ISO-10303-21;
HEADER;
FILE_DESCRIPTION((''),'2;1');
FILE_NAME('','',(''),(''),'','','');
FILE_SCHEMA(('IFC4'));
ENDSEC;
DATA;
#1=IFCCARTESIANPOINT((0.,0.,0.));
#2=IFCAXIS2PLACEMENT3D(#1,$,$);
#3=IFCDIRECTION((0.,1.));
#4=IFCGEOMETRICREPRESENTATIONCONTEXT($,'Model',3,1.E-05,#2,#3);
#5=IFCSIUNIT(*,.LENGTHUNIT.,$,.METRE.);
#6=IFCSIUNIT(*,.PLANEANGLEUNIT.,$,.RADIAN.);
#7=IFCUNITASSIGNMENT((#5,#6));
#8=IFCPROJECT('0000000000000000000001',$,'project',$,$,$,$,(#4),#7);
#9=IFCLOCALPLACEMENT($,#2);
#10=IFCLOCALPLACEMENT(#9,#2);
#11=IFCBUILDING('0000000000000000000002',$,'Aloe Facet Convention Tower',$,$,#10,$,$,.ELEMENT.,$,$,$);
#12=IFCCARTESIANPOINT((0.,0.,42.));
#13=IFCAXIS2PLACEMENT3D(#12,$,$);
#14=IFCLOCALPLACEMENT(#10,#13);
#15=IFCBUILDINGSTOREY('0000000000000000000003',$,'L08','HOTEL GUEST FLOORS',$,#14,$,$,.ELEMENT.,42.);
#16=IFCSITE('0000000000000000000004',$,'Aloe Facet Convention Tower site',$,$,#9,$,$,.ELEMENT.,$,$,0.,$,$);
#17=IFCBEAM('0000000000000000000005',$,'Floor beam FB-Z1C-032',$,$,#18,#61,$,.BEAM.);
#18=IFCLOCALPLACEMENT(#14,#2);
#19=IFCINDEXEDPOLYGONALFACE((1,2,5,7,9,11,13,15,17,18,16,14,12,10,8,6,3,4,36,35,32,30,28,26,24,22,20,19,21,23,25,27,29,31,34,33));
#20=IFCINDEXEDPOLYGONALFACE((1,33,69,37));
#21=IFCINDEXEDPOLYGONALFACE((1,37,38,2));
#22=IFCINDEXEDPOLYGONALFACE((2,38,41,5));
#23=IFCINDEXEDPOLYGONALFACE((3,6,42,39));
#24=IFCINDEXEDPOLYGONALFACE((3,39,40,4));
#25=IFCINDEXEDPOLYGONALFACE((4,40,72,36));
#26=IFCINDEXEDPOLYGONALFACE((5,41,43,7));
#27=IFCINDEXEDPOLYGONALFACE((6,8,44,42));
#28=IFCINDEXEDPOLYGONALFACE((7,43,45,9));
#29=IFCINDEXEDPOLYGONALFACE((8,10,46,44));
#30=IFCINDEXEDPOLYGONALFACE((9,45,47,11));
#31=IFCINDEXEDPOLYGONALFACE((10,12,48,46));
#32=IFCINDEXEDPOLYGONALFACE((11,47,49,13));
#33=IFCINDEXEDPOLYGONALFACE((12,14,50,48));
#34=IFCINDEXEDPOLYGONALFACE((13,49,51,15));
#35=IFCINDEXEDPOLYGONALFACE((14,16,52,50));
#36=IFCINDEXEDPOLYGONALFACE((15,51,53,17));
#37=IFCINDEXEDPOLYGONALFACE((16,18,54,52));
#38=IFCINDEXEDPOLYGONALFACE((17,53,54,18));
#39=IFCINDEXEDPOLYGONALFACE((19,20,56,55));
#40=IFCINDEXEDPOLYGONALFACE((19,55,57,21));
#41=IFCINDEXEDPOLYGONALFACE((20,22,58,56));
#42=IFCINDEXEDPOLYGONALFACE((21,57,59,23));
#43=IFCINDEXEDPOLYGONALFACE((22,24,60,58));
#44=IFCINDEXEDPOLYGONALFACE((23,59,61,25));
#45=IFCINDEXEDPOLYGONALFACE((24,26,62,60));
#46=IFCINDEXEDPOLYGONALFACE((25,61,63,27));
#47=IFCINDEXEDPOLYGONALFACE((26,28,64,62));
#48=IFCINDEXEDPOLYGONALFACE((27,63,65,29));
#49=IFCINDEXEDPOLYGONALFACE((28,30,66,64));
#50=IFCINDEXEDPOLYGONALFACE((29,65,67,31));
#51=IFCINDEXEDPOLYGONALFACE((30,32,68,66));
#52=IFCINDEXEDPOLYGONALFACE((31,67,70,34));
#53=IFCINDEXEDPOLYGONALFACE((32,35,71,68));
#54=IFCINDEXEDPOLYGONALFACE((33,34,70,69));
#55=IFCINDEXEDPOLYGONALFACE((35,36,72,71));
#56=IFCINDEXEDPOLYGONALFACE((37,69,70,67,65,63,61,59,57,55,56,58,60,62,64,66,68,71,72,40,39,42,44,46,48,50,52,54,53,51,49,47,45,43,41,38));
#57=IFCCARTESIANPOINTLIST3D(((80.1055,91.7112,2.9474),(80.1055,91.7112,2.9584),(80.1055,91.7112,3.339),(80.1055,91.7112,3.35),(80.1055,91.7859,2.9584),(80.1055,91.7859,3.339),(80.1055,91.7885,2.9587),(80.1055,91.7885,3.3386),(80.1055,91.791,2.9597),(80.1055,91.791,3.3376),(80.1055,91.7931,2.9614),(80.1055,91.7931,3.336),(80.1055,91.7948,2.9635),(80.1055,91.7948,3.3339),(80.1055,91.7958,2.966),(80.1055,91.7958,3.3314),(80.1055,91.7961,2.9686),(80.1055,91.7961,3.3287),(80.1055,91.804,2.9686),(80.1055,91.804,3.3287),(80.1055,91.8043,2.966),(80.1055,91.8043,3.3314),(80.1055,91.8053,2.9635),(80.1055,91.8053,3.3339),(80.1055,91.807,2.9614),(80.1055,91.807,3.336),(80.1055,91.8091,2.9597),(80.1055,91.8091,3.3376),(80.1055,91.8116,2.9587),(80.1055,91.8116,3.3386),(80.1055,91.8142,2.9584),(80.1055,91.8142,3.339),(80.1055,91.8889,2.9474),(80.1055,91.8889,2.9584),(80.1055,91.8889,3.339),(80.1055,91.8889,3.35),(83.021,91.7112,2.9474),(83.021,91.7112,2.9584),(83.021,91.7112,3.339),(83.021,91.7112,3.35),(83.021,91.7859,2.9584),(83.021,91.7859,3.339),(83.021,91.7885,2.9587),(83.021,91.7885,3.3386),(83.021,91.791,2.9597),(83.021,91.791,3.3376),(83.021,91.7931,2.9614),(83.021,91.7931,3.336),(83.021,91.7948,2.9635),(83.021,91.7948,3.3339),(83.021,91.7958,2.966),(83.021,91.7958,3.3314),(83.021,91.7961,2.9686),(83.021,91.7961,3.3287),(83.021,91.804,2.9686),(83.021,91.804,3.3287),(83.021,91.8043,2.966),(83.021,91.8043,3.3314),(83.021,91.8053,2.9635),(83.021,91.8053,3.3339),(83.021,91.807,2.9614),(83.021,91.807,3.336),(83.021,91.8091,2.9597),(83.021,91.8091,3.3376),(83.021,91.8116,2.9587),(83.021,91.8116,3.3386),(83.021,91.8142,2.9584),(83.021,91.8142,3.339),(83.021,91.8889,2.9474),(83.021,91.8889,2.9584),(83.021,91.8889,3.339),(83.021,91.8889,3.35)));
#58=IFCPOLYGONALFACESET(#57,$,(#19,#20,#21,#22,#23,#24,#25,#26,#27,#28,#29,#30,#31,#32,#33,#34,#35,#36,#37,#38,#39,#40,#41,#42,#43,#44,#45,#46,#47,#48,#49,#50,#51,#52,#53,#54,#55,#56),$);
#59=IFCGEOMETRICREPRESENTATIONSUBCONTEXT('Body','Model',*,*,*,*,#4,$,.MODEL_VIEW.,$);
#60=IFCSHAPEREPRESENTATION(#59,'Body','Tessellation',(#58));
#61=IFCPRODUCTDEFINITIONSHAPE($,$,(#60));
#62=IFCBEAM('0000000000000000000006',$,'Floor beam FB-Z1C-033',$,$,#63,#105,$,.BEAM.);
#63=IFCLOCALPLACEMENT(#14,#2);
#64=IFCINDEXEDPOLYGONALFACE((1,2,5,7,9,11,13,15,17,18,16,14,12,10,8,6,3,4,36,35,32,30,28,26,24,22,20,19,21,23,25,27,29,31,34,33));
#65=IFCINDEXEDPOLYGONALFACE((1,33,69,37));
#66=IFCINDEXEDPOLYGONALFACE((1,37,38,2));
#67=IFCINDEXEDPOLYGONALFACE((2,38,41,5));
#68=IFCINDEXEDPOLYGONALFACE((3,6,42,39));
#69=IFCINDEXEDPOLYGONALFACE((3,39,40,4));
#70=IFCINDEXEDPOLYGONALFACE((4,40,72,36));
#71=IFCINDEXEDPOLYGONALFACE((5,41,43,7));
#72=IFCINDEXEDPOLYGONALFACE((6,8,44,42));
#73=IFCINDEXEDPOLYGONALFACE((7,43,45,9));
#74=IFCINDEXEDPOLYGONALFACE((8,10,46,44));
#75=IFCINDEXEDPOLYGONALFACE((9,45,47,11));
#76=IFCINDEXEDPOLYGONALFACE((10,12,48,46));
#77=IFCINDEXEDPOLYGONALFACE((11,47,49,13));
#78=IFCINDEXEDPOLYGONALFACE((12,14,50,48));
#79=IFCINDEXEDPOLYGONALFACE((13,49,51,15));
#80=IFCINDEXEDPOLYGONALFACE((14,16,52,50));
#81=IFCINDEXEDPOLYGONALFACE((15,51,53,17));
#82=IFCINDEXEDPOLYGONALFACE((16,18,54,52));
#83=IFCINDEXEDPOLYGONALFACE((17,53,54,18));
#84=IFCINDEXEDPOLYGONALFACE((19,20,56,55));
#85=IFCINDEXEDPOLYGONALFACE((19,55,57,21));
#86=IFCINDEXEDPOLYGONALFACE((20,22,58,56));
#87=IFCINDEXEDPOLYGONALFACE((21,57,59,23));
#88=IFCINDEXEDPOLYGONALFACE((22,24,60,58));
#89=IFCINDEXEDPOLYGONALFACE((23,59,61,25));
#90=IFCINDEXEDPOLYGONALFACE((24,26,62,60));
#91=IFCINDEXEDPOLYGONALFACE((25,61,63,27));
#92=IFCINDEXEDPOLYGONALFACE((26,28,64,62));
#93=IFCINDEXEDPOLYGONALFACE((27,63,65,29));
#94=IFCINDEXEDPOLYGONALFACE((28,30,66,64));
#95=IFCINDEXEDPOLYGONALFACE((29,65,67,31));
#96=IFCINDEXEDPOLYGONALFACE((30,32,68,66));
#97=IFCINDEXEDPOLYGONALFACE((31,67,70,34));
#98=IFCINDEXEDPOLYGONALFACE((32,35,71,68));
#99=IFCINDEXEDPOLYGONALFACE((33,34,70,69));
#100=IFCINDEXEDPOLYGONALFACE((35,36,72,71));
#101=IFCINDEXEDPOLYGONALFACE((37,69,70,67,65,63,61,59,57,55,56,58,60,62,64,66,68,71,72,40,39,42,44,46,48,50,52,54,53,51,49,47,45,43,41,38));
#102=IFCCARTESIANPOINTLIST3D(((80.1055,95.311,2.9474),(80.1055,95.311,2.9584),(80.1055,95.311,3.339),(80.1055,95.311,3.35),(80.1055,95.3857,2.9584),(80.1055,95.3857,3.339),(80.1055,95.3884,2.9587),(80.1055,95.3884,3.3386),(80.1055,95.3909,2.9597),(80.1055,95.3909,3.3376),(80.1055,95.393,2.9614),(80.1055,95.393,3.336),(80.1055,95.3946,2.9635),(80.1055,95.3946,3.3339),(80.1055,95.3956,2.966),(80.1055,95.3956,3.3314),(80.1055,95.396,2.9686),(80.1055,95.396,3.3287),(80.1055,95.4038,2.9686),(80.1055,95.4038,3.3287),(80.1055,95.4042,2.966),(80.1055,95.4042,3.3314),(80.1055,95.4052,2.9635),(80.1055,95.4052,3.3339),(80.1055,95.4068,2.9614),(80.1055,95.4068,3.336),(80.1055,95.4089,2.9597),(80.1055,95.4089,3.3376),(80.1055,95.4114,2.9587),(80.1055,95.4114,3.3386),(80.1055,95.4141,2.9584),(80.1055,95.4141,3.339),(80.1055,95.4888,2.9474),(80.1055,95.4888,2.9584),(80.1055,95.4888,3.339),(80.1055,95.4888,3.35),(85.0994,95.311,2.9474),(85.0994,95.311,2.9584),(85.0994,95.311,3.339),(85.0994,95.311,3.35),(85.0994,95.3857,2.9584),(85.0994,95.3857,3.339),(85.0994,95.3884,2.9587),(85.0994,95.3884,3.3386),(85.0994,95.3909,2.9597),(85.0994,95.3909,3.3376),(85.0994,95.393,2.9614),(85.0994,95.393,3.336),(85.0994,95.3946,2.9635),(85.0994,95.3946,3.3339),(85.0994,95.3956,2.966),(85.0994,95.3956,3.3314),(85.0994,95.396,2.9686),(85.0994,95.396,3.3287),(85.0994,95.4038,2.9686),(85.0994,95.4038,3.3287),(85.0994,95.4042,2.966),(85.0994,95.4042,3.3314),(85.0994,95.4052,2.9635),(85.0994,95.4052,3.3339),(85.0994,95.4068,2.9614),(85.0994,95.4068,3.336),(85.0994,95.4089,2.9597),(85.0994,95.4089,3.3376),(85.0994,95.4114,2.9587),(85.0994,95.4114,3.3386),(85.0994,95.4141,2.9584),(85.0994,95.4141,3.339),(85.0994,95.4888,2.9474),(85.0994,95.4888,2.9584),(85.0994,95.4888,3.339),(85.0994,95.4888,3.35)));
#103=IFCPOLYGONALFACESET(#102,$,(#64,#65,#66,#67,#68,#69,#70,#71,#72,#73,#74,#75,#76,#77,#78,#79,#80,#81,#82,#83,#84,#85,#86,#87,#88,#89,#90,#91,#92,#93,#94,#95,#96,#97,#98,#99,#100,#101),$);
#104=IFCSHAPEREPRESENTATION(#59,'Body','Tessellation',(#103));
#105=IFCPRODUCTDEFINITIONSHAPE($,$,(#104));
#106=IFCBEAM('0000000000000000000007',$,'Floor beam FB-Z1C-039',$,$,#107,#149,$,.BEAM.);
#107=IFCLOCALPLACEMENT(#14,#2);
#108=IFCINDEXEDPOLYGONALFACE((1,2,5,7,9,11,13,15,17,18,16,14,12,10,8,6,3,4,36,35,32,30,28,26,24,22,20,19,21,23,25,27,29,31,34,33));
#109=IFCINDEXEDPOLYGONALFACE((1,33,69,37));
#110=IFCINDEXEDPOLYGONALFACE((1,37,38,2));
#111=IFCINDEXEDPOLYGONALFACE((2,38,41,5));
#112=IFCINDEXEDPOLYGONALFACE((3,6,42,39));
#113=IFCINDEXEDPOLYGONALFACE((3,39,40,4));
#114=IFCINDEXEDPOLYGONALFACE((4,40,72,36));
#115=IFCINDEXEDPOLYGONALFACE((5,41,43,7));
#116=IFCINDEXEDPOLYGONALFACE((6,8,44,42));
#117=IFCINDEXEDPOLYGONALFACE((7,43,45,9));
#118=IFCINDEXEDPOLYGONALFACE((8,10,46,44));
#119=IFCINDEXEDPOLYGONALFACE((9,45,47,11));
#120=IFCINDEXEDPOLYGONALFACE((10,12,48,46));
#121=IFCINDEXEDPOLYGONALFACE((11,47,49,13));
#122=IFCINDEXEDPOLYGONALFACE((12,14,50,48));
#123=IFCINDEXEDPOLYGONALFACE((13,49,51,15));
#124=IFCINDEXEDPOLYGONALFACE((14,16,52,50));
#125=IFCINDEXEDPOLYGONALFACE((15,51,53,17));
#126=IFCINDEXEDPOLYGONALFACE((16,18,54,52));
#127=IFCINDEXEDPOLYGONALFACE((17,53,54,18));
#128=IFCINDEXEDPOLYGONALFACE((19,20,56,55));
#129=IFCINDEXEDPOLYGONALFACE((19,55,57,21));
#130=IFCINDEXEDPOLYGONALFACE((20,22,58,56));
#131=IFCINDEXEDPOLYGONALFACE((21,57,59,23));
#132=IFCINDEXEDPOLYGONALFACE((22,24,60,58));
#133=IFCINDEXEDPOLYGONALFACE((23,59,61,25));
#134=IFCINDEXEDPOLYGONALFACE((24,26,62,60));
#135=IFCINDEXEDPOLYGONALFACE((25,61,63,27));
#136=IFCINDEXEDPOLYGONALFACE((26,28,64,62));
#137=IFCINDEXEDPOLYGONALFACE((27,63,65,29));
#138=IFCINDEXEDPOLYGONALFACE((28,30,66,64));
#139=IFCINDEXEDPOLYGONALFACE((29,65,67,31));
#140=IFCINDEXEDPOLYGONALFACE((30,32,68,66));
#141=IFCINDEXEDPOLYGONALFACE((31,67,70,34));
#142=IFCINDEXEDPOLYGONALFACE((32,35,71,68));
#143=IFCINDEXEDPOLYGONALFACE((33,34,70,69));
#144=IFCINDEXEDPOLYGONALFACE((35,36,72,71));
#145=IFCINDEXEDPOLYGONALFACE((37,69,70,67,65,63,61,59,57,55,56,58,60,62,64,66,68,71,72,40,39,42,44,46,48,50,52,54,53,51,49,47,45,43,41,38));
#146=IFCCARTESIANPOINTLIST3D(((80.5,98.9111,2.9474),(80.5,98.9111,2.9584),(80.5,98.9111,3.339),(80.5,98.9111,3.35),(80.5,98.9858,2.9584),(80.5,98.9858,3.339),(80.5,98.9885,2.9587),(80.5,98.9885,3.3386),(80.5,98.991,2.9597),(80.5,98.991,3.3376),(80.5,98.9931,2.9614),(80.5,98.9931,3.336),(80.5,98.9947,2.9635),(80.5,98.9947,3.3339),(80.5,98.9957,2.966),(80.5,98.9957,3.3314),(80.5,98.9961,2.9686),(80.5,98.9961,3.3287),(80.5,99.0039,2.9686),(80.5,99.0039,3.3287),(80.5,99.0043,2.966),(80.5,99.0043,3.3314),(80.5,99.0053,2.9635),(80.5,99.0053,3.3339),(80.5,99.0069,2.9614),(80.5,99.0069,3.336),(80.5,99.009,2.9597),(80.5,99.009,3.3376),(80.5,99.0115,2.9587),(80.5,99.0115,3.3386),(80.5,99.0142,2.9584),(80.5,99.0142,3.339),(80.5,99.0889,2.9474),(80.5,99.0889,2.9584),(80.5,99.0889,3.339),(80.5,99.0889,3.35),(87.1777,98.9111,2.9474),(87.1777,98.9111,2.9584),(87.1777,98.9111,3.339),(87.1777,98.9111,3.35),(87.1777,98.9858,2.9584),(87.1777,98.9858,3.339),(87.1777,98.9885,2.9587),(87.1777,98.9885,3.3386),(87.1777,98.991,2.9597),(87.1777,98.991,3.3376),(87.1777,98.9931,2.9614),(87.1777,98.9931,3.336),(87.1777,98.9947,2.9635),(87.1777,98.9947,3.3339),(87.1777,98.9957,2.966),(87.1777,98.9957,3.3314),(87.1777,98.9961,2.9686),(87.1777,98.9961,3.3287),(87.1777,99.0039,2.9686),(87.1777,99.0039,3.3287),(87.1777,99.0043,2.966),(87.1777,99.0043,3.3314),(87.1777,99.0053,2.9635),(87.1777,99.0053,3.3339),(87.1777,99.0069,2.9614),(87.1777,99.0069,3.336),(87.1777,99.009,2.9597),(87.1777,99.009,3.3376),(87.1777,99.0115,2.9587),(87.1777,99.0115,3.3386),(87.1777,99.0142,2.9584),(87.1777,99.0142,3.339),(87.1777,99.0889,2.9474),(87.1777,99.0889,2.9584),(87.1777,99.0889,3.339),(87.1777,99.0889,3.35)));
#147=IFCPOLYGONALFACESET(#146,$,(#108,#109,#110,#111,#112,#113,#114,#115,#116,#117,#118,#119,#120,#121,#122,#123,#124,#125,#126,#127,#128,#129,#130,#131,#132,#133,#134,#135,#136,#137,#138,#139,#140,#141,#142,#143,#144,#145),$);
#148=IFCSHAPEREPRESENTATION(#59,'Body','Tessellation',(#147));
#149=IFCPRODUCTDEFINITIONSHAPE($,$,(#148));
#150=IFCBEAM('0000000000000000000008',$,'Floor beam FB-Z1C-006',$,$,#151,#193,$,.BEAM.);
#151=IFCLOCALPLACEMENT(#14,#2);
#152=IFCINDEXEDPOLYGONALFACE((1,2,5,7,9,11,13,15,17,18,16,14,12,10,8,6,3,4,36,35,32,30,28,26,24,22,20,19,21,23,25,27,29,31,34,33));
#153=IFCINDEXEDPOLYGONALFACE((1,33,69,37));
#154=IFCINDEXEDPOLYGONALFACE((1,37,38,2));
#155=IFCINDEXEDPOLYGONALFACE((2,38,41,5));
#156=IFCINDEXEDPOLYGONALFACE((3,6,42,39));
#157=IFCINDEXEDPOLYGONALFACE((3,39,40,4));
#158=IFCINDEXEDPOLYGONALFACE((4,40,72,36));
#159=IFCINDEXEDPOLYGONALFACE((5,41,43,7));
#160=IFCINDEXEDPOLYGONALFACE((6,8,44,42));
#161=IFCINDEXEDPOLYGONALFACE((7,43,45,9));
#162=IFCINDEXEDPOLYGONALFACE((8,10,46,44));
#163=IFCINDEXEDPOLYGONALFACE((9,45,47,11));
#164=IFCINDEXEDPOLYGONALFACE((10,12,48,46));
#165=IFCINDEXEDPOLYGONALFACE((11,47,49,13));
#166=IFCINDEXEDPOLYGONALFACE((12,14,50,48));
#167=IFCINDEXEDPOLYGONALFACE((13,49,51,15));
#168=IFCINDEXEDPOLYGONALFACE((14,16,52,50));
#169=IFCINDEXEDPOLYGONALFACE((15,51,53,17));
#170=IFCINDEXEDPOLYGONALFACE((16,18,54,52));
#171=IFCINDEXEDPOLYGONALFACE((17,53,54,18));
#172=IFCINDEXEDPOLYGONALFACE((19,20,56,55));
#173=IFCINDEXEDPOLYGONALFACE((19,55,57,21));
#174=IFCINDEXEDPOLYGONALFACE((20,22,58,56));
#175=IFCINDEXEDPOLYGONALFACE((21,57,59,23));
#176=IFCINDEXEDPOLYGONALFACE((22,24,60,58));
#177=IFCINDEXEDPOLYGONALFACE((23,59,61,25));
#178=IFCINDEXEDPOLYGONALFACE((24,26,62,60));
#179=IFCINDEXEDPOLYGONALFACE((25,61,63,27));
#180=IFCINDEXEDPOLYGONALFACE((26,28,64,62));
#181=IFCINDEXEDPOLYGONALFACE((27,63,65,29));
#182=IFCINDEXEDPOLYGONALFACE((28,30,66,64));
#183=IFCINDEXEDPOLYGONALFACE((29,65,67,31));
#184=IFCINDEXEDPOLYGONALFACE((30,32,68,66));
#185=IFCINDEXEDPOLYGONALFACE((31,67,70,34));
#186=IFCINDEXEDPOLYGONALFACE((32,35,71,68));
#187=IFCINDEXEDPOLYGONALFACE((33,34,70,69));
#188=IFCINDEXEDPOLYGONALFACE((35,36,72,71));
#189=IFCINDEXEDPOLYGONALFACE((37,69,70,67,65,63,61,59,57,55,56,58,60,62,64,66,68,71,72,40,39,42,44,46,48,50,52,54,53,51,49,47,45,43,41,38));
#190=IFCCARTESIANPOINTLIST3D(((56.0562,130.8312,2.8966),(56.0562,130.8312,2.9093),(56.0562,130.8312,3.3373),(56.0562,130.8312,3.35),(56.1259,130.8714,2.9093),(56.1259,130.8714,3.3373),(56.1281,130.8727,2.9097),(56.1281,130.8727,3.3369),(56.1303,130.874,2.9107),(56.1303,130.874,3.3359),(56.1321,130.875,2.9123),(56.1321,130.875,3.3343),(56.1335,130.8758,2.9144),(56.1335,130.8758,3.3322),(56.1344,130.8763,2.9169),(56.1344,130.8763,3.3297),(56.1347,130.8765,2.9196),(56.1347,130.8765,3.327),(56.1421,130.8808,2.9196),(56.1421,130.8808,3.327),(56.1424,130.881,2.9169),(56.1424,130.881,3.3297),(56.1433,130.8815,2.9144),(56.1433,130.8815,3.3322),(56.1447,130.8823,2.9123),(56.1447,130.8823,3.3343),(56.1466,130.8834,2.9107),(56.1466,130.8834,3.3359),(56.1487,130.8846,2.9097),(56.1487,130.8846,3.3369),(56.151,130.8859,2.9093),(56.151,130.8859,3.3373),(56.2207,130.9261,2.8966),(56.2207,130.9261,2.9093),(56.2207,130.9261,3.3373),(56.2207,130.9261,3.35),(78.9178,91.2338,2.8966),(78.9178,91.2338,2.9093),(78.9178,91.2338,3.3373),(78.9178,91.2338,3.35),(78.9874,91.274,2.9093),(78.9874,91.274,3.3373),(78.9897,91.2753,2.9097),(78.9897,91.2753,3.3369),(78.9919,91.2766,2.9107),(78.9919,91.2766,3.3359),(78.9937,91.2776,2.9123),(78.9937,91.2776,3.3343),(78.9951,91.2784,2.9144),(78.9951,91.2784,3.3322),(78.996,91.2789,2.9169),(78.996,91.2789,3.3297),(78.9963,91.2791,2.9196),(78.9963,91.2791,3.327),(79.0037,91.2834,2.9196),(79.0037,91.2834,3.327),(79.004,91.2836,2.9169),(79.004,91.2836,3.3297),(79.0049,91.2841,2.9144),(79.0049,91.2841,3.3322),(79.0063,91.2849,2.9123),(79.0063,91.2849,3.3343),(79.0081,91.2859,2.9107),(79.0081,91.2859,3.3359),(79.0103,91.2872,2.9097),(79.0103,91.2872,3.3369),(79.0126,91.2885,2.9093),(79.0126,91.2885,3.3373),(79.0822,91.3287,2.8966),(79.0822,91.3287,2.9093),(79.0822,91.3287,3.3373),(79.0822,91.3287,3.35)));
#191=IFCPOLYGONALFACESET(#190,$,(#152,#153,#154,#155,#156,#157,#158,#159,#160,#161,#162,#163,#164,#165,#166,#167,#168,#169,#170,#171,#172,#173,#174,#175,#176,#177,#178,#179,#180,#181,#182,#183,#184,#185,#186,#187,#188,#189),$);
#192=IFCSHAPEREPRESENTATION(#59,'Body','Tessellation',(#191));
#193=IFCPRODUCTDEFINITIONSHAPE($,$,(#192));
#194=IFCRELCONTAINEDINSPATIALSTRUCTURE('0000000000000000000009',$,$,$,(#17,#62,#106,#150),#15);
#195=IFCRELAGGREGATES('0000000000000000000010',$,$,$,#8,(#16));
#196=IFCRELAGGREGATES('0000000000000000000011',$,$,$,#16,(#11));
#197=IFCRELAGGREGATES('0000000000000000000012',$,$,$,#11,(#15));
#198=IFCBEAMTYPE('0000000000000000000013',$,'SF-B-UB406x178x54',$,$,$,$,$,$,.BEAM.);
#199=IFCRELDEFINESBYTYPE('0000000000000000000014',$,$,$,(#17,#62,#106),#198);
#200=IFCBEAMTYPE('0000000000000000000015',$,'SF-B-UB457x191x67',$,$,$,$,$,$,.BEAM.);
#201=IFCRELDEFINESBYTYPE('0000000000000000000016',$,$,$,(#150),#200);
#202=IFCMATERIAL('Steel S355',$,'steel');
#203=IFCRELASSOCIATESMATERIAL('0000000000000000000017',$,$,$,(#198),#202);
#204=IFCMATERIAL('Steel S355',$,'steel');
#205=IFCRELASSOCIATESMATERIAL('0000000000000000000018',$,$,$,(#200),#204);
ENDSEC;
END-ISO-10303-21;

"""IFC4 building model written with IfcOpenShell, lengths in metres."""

from ifc_helpers import new_model, si_unit, direction, frame, origin, origin_2d, place, context, subcontext, project, spatial, i_section, extrude, material, material_profile, profile_set, type_object, element, save


model = new_model("IFC4")

# Units and contexts
model_context = context("Model", 3, precision=1e-05, world=origin(), true_north=direction((0.0, 1.0)))
body_context = subcontext(model_context, "Body", "Model", "MODEL_VIEW")
ifc_project = project(units=[si_unit("LENGTHUNIT", "METRE"), si_unit("PLANEANGLEUNIT", "RADIAN")], contexts=[model_context])

# Site, building, storey
site_placement = place(None, origin())
site = spatial("IfcSite", under=ifc_project, at=site_placement, Name="Aloe Facet Convention Tower site", CompositionType="ELEMENT", RefElevation=0.0)
building_placement = place(site_placement, origin())
building = spatial("IfcBuilding", under=site, at=building_placement, Name="Aloe Facet Convention Tower", CompositionType="ELEMENT")
storey_placement = place(building_placement, frame((0.0, 0.0, 42.0)))
storey = spatial("IfcBuildingStorey", under=building, at=storey_placement, Name="L08", Description="HOTEL GUEST FLOORS", CompositionType="ELEMENT", Elevation=42.0)

# Beams
ifc_material_1 = material(Name="Steel S355", Category="steel")
ifc_material_profile_1 = material_profile(ifc_material_1, i_section(OverallWidth=0.1777, OverallDepth=0.4026, WebThickness=0.0078, FlangeThickness=0.011, FilletRadius=0.0103, at=origin_2d()), Name="UB 406x178x54")
ifc_profile_set_1 = profile_set([ifc_material_profile_1], Name="Steel S355")
beam_type_1 = type_object("IfcBeamType", Name="SF-B-UB406x178x54", PredefinedType="BEAM", material=ifc_profile_set_1)
for number, where, z_axis, x_axis, name in (
    (1, (80.1055, 91.8, 3.1487), (1.0, 0.0, 0.0), (0.0, 1.0, 0.0), "Floor beam FB-Z1C-032"),
):
    element("IfcBeam", number, at=place(storey_placement, frame(where, z_axis=z_axis, x_axis=x_axis)), inside=storey, type_object=beam_type_1, Name=name, PredefinedType="BEAM", context=body_context, shape_type="SweptSolid", body=[
        extrude(i_section(OverallWidth=0.1777, OverallDepth=0.4026, WebThickness=0.0078, FlangeThickness=0.011, FilletRadius=0.0103, at=origin_2d()), origin(), (0.0, 0.0, 1.0), 2.9155),
    ])
beam_1_placement = place(storey_placement, frame((80.1055, 95.3999, 3.1487), z_axis=(1.0, 0.0, 0.0), x_axis=(0.0, 1.0, 0.0)))
element("IfcBeam", 2, at=beam_1_placement, inside=storey, type_object=beam_type_1, Name="Floor beam FB-Z1C-033", PredefinedType="BEAM", context=body_context, shape_type="SweptSolid", body=[
    extrude(i_section(OverallWidth=0.1777, OverallDepth=0.4026, WebThickness=0.0078, FlangeThickness=0.011, FilletRadius=0.0103, at=origin_2d()), origin(), (0.0, 0.0, 1.0), 4.9939),
])
beam_2_placement = place(storey_placement, frame((80.5, 99.0, 3.1487), z_axis=(1.0, 0.0, 0.0), x_axis=(0.0, 1.0, 0.0)))
element("IfcBeam", 3, at=beam_2_placement, inside=storey, type_object=beam_type_1, Name="Floor beam FB-Z1C-039", PredefinedType="BEAM", context=body_context, shape_type="SweptSolid", body=[
    extrude(i_section(OverallWidth=0.1777, OverallDepth=0.4026, WebThickness=0.0078, FlangeThickness=0.011, FilletRadius=0.0103, at=origin_2d()), origin(), (0.0, 0.0, 1.0), 6.6777),
])
ifc_material_2 = material(Name="Steel S355", Category="steel")
ifc_material_profile_2 = material_profile(ifc_material_2, i_section(OverallWidth=0.1899, OverallDepth=0.4534, WebThickness=0.0085, FlangeThickness=0.0127, FilletRadius=0.0103, at=origin_2d()), Name="UB 457x191x67")
ifc_profile_set_2 = profile_set([ifc_material_profile_2], Name="Steel S355")
beam_type_2 = type_object("IfcBeamType", Name="SF-B-UB457x191x67", PredefinedType="BEAM", material=ifc_profile_set_2)
beam_3_placement = place(storey_placement, frame((79.0, 91.2812, 3.1233), z_axis=(-0.5, 0.866025, 0.0), x_axis=(-0.866025, -0.5, 0.0)))
element("IfcBeam", 4, at=beam_3_placement, inside=storey, type_object=beam_type_2, Name="Floor beam FB-Z1C-006", PredefinedType="BEAM", context=body_context, shape_type="SweptSolid", body=[
    extrude(i_section(OverallWidth=0.1899, OverallDepth=0.4534, WebThickness=0.0085, FlangeThickness=0.0127, FilletRadius=0.0103, at=origin_2d()), origin(), (0.0, 0.0, 1.0), 45.7231),
])

save(model, "model.ifc")
